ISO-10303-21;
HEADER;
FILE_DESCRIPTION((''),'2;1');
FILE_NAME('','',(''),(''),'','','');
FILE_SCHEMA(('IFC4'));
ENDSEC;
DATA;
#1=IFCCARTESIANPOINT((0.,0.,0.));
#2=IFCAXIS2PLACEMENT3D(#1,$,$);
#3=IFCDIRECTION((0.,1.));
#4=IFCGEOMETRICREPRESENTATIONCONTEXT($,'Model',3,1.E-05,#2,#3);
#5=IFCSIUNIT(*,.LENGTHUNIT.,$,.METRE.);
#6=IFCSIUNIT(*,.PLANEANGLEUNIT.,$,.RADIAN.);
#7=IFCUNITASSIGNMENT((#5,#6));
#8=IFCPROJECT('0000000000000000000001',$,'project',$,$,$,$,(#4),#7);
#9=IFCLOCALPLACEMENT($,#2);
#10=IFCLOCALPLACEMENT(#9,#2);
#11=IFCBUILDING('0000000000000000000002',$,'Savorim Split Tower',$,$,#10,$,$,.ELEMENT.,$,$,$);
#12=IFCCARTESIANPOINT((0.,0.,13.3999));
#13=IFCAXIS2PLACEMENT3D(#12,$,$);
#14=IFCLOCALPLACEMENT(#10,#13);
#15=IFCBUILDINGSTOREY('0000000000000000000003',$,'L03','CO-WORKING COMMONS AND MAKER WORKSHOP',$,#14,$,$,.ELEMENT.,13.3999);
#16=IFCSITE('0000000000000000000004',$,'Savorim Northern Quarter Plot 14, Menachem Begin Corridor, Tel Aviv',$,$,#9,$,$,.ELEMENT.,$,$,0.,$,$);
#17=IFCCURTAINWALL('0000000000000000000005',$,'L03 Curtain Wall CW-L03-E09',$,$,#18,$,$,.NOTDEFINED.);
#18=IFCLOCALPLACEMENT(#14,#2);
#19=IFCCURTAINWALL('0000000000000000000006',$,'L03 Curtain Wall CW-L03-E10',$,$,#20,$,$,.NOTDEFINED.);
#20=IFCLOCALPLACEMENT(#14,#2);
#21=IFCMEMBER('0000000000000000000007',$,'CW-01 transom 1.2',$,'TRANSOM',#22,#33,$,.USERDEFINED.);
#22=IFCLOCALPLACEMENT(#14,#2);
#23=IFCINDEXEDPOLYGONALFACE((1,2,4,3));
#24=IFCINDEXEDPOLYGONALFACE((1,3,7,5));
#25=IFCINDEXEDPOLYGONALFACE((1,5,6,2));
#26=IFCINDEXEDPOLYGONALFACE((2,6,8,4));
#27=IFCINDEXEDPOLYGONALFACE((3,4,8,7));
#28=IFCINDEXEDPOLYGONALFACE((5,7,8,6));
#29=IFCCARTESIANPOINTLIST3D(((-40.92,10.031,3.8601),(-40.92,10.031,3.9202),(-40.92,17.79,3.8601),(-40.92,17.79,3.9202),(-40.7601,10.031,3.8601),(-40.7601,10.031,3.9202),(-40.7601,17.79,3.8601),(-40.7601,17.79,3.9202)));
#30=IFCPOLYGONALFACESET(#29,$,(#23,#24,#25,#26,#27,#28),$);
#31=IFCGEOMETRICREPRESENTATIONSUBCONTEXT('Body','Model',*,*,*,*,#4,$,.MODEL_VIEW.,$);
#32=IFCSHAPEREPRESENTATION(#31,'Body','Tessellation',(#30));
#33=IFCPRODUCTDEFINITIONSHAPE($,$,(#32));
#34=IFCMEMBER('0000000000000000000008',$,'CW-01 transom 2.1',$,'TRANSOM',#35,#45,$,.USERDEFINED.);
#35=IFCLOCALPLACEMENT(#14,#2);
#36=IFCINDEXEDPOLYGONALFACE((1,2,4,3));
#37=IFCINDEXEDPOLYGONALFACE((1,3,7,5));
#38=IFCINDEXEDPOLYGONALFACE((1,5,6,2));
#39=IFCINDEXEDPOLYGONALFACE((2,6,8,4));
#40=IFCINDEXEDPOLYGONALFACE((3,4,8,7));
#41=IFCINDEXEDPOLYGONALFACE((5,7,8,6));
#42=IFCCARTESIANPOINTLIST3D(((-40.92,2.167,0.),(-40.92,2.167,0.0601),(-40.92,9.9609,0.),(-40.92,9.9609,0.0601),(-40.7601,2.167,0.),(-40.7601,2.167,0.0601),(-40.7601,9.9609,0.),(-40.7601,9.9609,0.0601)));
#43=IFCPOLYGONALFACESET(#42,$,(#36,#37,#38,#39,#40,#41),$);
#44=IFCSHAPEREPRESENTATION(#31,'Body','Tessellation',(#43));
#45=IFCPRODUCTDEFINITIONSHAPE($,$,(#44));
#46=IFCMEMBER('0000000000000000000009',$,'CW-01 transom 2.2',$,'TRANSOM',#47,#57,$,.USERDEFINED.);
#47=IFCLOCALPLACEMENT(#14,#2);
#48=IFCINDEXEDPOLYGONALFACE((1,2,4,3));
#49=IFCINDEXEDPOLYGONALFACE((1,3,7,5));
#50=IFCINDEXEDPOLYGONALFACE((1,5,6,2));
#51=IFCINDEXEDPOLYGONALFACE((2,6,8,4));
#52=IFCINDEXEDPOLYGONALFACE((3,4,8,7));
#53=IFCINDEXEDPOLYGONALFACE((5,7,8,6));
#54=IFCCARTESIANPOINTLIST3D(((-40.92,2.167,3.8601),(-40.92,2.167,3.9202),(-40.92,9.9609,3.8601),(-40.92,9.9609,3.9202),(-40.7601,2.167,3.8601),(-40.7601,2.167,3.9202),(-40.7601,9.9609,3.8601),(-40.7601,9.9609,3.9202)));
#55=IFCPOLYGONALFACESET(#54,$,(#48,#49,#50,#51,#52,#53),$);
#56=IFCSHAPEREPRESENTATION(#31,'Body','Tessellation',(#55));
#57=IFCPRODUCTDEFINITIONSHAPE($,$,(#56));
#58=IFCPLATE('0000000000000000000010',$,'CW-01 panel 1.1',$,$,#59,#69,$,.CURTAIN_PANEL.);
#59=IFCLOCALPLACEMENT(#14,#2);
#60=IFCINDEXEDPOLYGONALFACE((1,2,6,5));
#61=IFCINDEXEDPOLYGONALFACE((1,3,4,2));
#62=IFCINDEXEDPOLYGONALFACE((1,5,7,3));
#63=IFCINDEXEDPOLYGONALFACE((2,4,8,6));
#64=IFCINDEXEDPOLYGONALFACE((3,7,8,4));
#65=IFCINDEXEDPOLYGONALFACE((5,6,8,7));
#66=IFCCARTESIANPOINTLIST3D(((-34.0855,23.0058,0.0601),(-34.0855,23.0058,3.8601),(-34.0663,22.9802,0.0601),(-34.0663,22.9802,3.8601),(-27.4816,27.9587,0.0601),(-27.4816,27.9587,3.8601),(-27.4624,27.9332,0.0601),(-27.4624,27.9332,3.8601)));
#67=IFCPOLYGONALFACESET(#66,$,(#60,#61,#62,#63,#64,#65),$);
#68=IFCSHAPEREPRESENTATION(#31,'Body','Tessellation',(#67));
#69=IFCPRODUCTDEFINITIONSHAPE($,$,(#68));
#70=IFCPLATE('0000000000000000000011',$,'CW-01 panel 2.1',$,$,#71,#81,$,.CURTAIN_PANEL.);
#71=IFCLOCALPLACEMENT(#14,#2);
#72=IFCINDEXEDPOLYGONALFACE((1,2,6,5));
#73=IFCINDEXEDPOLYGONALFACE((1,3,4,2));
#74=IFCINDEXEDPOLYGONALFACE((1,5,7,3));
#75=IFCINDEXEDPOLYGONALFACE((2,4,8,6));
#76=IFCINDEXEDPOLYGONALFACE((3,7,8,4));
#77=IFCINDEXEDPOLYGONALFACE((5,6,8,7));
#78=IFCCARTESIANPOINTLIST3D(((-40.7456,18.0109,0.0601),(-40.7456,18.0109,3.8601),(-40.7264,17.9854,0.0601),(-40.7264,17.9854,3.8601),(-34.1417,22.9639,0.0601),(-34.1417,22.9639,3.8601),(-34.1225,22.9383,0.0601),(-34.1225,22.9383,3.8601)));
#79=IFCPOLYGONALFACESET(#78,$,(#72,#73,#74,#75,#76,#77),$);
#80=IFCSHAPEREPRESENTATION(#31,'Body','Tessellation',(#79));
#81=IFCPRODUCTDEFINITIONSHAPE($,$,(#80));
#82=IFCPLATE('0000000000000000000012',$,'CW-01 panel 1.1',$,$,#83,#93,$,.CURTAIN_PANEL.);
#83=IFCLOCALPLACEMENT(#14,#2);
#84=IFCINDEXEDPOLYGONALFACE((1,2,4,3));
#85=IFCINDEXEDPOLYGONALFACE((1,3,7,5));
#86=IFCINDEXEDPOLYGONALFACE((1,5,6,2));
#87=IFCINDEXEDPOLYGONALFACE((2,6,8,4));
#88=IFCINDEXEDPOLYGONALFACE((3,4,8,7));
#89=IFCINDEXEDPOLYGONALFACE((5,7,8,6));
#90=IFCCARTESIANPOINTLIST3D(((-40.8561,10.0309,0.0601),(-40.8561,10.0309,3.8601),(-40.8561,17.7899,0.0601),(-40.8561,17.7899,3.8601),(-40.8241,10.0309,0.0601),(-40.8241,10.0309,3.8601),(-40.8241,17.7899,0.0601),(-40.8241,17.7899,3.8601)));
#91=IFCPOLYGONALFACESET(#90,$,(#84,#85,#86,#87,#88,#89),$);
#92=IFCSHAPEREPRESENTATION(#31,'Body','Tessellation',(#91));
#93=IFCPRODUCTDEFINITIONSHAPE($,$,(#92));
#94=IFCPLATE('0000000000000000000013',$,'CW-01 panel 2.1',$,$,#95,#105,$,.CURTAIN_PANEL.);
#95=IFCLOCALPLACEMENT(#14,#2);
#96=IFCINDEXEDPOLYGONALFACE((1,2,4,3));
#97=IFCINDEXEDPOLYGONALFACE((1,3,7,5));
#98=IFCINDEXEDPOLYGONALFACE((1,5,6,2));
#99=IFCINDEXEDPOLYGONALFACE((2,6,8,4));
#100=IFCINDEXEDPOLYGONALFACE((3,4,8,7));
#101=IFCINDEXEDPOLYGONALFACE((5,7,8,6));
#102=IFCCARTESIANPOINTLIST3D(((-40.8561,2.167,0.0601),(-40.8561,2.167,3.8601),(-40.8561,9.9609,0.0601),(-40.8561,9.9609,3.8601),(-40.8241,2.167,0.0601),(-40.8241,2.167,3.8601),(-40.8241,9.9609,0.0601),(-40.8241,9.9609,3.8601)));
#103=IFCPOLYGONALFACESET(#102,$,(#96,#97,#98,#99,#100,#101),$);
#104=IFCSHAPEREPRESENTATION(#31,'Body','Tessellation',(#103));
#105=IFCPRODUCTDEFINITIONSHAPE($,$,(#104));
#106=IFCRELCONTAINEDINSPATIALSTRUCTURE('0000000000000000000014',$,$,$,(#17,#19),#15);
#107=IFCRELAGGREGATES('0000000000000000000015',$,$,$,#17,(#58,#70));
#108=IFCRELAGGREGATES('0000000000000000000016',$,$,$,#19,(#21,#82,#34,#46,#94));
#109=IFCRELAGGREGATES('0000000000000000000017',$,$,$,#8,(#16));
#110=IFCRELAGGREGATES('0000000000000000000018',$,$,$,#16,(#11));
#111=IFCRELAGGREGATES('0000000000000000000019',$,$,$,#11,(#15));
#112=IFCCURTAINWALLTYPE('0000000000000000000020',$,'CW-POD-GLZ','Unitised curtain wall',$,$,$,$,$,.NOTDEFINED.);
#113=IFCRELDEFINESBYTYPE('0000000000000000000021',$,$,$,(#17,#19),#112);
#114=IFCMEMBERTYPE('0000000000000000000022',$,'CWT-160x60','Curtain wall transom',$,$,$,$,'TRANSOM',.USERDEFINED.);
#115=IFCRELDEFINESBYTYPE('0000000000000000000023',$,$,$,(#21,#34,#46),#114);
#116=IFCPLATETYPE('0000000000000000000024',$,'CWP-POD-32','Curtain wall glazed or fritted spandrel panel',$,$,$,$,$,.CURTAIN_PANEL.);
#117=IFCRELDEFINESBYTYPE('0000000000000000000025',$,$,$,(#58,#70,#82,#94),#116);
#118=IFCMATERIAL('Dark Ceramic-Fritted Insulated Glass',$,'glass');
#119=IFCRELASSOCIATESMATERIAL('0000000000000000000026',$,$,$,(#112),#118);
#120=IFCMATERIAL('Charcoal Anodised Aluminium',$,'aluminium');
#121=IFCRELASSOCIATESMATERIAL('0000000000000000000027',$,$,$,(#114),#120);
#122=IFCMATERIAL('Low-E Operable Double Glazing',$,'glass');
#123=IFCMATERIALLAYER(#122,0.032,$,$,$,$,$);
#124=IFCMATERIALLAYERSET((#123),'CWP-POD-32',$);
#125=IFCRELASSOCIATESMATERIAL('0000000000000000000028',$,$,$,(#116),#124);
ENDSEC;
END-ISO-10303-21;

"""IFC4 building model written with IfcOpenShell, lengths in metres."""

from ifc_helpers import new_model, si_unit, direction, frame, origin, origin_2d, place, context, subcontext, project, spatial, rectangle, extrude, material, layer, layer_set, material_profile, profile_set, type_object, element, aggregate, save


model = new_model("IFC4")

# Units and contexts
model_context = context("Model", 3, precision=1e-05, world=origin(), true_north=direction((0.0, 1.0)))
body_context = subcontext(model_context, "Body", "Model", "MODEL_VIEW")
ifc_project = project(units=[si_unit("LENGTHUNIT", "METRE"), si_unit("PLANEANGLEUNIT", "RADIAN")], contexts=[model_context])

# Site, building, storey
site_placement = place(None, origin())
site = spatial("IfcSite", under=ifc_project, at=site_placement, Name="Savorim Northern Quarter Plot 14, Menachem Begin Corridor, Tel Aviv", CompositionType="ELEMENT", RefElevation=0.0)
building_placement = place(site_placement, origin())
building = spatial("IfcBuilding", under=site, at=building_placement, Name="Savorim Split Tower", CompositionType="ELEMENT")
storey_placement = place(building_placement, frame((0.0, 0.0, 13.3999)))
storey = spatial("IfcBuildingStorey", under=building, at=storey_placement, Name="L03", Description="CO-WORKING COMMONS AND MAKER WORKSHOP", CompositionType="ELEMENT", Elevation=13.3999)

# Curtain walls
ifc_material_1 = material(Name="Dark Ceramic-Fritted Insulated Glass", Category="glass")
curtain_wall_type = type_object("IfcCurtainWallType", Name="CW-POD-GLZ", Description="Unitised curtain wall", PredefinedType="NOTDEFINED", material=ifc_material_1)
curtain_wall_1_placement = place(storey_placement, origin())
curtain_wall_1 = element("IfcCurtainWall", 1, at=curtain_wall_1_placement, inside=storey, type_object=curtain_wall_type, Name="L03 Curtain Wall CW-L03-E09", PredefinedType="NOTDEFINED")
ifc_material_2 = material(Name="Charcoal Anodised Aluminium", Category="aluminium")
curtain_wall_2_placement = place(storey_placement, origin())
curtain_wall_2 = element("IfcCurtainWall", 2, at=curtain_wall_2_placement, inside=storey, type_object=curtain_wall_type, Name="L03 Curtain Wall CW-L03-E10", PredefinedType="NOTDEFINED")

# Members
ifc_material_profile_1 = material_profile(ifc_material_2, rectangle(XDim=0.1599, YDim=0.0601, at=origin_2d()), Name="ALU-T 160x60")
ifc_profile_set_1 = profile_set([ifc_material_profile_1], Name="Charcoal Anodised Aluminium")
member_type_1 = type_object("IfcMemberType", Name="CWT-160x60", Description="Curtain wall transom", ElementType="TRANSOM", PredefinedType="USERDEFINED", material=ifc_profile_set_1)
member_1_placement = place(storey_placement, frame((-40.8401, 17.79, 3.8901), z_axis=(0.0, -1.0, 0.0), x_axis=(1.0, 0.0, 0.0)))
member_1 = element("IfcMember", 3, at=member_1_placement, type_object=member_type_1, Name="CW-01 transom 1.2", ObjectType="TRANSOM", PredefinedType="USERDEFINED", context=body_context, shape_type="SweptSolid", body=[
    extrude(rectangle(XDim=0.1599, YDim=0.0601, at=origin_2d()), origin(), (0.0, 0.0, 1.0), 7.759),
])
member_2_placement = place(storey_placement, frame((-40.8401, 9.9609, 0.03), z_axis=(0.0, -1.0, 0.0), x_axis=(1.0, 0.0, 0.0)))
member_2 = element("IfcMember", 4, at=member_2_placement, type_object=member_type_1, Name="CW-01 transom 2.1", ObjectType="TRANSOM", PredefinedType="USERDEFINED", context=body_context, shape_type="SweptSolid", body=[
    extrude(rectangle(XDim=0.1599, YDim=0.0601, at=origin_2d()), origin(), (0.0, 0.0, 1.0), 7.7939),
])
member_3_placement = place(storey_placement, frame((-40.8401, 9.9609, 3.8901), z_axis=(0.0, -1.0, 0.0), x_axis=(1.0, 0.0, 0.0)))
member_3 = element("IfcMember", 5, at=member_3_placement, type_object=member_type_1, Name="CW-01 transom 2.2", ObjectType="TRANSOM", PredefinedType="USERDEFINED", context=body_context, shape_type="SweptSolid", body=[
    extrude(rectangle(XDim=0.1599, YDim=0.0601, at=origin_2d()), origin(), (0.0, 0.0, 1.0), 7.7939),
])

# Plates
ifc_material_3 = material(Name="Low-E Operable Double Glazing", Category="glass")
ifc_layer_1 = layer(ifc_material_3, 0.032)
ifc_layer_set_1 = layer_set([ifc_layer_1], Name="CWP-POD-32")
plate_type = type_object("IfcPlateType", Name="CWP-POD-32", Description="Curtain wall glazed or fritted spandrel panel", PredefinedType="CURTAIN_PANEL", material=ifc_layer_set_1)
plate_1_placement = place(storey_placement, frame((-30.7739, 25.4695, 0.0601), z_axis=(0.0, 0.0, 1.0), x_axis=(-0.8, -0.6, 0.0)))
plate_1 = element("IfcPlate", 6, at=plate_1_placement, type_object=plate_type, Name="CW-01 panel 1.1", PredefinedType="CURTAIN_PANEL", context=body_context, shape_type="SweptSolid", body=[
    extrude(rectangle(XDim=8.2549, YDim=0.032, at=origin_2d()), origin(), (0.0, 0.0, 1.0), 3.8),
])
plate_2_placement = place(storey_placement, frame((-37.4341, 20.4746, 0.0601), z_axis=(0.0, 0.0, 1.0), x_axis=(-0.8, -0.6, 0.0)))
plate_2 = element("IfcPlate", 7, at=plate_2_placement, type_object=plate_type, Name="CW-01 panel 2.1", PredefinedType="CURTAIN_PANEL", context=body_context, shape_type="SweptSolid", body=[
    extrude(rectangle(XDim=8.2549, YDim=0.032, at=origin_2d()), origin(), (0.0, 0.0, 1.0), 3.8),
])
aggregate(curtain_wall_1, [plate_1, plate_2])
plate_3_placement = place(storey_placement, frame((-40.8401, 13.9104, 0.0601), z_axis=(0.0, 0.0, 1.0), x_axis=(0.0, -1.0, 0.0)))
plate_3 = element("IfcPlate", 8, at=plate_3_placement, type_object=plate_type, Name="CW-01 panel 1.1", PredefinedType="CURTAIN_PANEL", context=body_context, shape_type="SweptSolid", body=[
    extrude(rectangle(XDim=7.759, YDim=0.032, at=origin_2d()), origin(), (0.0, 0.0, 1.0), 3.8),
])
plate_4_placement = place(storey_placement, frame((-40.8401, 6.064, 0.0601), z_axis=(0.0, 0.0, 1.0), x_axis=(0.0, -1.0, 0.0)))
plate_4 = element("IfcPlate", 9, at=plate_4_placement, type_object=plate_type, Name="CW-01 panel 2.1", PredefinedType="CURTAIN_PANEL", context=body_context, shape_type="SweptSolid", body=[
    extrude(rectangle(XDim=7.7939, YDim=0.032, at=origin_2d()), origin(), (0.0, 0.0, 1.0), 3.8),
])
aggregate(curtain_wall_2, [member_1, plate_3, member_2, member_3, plate_4])

save(model, "model.ifc")
